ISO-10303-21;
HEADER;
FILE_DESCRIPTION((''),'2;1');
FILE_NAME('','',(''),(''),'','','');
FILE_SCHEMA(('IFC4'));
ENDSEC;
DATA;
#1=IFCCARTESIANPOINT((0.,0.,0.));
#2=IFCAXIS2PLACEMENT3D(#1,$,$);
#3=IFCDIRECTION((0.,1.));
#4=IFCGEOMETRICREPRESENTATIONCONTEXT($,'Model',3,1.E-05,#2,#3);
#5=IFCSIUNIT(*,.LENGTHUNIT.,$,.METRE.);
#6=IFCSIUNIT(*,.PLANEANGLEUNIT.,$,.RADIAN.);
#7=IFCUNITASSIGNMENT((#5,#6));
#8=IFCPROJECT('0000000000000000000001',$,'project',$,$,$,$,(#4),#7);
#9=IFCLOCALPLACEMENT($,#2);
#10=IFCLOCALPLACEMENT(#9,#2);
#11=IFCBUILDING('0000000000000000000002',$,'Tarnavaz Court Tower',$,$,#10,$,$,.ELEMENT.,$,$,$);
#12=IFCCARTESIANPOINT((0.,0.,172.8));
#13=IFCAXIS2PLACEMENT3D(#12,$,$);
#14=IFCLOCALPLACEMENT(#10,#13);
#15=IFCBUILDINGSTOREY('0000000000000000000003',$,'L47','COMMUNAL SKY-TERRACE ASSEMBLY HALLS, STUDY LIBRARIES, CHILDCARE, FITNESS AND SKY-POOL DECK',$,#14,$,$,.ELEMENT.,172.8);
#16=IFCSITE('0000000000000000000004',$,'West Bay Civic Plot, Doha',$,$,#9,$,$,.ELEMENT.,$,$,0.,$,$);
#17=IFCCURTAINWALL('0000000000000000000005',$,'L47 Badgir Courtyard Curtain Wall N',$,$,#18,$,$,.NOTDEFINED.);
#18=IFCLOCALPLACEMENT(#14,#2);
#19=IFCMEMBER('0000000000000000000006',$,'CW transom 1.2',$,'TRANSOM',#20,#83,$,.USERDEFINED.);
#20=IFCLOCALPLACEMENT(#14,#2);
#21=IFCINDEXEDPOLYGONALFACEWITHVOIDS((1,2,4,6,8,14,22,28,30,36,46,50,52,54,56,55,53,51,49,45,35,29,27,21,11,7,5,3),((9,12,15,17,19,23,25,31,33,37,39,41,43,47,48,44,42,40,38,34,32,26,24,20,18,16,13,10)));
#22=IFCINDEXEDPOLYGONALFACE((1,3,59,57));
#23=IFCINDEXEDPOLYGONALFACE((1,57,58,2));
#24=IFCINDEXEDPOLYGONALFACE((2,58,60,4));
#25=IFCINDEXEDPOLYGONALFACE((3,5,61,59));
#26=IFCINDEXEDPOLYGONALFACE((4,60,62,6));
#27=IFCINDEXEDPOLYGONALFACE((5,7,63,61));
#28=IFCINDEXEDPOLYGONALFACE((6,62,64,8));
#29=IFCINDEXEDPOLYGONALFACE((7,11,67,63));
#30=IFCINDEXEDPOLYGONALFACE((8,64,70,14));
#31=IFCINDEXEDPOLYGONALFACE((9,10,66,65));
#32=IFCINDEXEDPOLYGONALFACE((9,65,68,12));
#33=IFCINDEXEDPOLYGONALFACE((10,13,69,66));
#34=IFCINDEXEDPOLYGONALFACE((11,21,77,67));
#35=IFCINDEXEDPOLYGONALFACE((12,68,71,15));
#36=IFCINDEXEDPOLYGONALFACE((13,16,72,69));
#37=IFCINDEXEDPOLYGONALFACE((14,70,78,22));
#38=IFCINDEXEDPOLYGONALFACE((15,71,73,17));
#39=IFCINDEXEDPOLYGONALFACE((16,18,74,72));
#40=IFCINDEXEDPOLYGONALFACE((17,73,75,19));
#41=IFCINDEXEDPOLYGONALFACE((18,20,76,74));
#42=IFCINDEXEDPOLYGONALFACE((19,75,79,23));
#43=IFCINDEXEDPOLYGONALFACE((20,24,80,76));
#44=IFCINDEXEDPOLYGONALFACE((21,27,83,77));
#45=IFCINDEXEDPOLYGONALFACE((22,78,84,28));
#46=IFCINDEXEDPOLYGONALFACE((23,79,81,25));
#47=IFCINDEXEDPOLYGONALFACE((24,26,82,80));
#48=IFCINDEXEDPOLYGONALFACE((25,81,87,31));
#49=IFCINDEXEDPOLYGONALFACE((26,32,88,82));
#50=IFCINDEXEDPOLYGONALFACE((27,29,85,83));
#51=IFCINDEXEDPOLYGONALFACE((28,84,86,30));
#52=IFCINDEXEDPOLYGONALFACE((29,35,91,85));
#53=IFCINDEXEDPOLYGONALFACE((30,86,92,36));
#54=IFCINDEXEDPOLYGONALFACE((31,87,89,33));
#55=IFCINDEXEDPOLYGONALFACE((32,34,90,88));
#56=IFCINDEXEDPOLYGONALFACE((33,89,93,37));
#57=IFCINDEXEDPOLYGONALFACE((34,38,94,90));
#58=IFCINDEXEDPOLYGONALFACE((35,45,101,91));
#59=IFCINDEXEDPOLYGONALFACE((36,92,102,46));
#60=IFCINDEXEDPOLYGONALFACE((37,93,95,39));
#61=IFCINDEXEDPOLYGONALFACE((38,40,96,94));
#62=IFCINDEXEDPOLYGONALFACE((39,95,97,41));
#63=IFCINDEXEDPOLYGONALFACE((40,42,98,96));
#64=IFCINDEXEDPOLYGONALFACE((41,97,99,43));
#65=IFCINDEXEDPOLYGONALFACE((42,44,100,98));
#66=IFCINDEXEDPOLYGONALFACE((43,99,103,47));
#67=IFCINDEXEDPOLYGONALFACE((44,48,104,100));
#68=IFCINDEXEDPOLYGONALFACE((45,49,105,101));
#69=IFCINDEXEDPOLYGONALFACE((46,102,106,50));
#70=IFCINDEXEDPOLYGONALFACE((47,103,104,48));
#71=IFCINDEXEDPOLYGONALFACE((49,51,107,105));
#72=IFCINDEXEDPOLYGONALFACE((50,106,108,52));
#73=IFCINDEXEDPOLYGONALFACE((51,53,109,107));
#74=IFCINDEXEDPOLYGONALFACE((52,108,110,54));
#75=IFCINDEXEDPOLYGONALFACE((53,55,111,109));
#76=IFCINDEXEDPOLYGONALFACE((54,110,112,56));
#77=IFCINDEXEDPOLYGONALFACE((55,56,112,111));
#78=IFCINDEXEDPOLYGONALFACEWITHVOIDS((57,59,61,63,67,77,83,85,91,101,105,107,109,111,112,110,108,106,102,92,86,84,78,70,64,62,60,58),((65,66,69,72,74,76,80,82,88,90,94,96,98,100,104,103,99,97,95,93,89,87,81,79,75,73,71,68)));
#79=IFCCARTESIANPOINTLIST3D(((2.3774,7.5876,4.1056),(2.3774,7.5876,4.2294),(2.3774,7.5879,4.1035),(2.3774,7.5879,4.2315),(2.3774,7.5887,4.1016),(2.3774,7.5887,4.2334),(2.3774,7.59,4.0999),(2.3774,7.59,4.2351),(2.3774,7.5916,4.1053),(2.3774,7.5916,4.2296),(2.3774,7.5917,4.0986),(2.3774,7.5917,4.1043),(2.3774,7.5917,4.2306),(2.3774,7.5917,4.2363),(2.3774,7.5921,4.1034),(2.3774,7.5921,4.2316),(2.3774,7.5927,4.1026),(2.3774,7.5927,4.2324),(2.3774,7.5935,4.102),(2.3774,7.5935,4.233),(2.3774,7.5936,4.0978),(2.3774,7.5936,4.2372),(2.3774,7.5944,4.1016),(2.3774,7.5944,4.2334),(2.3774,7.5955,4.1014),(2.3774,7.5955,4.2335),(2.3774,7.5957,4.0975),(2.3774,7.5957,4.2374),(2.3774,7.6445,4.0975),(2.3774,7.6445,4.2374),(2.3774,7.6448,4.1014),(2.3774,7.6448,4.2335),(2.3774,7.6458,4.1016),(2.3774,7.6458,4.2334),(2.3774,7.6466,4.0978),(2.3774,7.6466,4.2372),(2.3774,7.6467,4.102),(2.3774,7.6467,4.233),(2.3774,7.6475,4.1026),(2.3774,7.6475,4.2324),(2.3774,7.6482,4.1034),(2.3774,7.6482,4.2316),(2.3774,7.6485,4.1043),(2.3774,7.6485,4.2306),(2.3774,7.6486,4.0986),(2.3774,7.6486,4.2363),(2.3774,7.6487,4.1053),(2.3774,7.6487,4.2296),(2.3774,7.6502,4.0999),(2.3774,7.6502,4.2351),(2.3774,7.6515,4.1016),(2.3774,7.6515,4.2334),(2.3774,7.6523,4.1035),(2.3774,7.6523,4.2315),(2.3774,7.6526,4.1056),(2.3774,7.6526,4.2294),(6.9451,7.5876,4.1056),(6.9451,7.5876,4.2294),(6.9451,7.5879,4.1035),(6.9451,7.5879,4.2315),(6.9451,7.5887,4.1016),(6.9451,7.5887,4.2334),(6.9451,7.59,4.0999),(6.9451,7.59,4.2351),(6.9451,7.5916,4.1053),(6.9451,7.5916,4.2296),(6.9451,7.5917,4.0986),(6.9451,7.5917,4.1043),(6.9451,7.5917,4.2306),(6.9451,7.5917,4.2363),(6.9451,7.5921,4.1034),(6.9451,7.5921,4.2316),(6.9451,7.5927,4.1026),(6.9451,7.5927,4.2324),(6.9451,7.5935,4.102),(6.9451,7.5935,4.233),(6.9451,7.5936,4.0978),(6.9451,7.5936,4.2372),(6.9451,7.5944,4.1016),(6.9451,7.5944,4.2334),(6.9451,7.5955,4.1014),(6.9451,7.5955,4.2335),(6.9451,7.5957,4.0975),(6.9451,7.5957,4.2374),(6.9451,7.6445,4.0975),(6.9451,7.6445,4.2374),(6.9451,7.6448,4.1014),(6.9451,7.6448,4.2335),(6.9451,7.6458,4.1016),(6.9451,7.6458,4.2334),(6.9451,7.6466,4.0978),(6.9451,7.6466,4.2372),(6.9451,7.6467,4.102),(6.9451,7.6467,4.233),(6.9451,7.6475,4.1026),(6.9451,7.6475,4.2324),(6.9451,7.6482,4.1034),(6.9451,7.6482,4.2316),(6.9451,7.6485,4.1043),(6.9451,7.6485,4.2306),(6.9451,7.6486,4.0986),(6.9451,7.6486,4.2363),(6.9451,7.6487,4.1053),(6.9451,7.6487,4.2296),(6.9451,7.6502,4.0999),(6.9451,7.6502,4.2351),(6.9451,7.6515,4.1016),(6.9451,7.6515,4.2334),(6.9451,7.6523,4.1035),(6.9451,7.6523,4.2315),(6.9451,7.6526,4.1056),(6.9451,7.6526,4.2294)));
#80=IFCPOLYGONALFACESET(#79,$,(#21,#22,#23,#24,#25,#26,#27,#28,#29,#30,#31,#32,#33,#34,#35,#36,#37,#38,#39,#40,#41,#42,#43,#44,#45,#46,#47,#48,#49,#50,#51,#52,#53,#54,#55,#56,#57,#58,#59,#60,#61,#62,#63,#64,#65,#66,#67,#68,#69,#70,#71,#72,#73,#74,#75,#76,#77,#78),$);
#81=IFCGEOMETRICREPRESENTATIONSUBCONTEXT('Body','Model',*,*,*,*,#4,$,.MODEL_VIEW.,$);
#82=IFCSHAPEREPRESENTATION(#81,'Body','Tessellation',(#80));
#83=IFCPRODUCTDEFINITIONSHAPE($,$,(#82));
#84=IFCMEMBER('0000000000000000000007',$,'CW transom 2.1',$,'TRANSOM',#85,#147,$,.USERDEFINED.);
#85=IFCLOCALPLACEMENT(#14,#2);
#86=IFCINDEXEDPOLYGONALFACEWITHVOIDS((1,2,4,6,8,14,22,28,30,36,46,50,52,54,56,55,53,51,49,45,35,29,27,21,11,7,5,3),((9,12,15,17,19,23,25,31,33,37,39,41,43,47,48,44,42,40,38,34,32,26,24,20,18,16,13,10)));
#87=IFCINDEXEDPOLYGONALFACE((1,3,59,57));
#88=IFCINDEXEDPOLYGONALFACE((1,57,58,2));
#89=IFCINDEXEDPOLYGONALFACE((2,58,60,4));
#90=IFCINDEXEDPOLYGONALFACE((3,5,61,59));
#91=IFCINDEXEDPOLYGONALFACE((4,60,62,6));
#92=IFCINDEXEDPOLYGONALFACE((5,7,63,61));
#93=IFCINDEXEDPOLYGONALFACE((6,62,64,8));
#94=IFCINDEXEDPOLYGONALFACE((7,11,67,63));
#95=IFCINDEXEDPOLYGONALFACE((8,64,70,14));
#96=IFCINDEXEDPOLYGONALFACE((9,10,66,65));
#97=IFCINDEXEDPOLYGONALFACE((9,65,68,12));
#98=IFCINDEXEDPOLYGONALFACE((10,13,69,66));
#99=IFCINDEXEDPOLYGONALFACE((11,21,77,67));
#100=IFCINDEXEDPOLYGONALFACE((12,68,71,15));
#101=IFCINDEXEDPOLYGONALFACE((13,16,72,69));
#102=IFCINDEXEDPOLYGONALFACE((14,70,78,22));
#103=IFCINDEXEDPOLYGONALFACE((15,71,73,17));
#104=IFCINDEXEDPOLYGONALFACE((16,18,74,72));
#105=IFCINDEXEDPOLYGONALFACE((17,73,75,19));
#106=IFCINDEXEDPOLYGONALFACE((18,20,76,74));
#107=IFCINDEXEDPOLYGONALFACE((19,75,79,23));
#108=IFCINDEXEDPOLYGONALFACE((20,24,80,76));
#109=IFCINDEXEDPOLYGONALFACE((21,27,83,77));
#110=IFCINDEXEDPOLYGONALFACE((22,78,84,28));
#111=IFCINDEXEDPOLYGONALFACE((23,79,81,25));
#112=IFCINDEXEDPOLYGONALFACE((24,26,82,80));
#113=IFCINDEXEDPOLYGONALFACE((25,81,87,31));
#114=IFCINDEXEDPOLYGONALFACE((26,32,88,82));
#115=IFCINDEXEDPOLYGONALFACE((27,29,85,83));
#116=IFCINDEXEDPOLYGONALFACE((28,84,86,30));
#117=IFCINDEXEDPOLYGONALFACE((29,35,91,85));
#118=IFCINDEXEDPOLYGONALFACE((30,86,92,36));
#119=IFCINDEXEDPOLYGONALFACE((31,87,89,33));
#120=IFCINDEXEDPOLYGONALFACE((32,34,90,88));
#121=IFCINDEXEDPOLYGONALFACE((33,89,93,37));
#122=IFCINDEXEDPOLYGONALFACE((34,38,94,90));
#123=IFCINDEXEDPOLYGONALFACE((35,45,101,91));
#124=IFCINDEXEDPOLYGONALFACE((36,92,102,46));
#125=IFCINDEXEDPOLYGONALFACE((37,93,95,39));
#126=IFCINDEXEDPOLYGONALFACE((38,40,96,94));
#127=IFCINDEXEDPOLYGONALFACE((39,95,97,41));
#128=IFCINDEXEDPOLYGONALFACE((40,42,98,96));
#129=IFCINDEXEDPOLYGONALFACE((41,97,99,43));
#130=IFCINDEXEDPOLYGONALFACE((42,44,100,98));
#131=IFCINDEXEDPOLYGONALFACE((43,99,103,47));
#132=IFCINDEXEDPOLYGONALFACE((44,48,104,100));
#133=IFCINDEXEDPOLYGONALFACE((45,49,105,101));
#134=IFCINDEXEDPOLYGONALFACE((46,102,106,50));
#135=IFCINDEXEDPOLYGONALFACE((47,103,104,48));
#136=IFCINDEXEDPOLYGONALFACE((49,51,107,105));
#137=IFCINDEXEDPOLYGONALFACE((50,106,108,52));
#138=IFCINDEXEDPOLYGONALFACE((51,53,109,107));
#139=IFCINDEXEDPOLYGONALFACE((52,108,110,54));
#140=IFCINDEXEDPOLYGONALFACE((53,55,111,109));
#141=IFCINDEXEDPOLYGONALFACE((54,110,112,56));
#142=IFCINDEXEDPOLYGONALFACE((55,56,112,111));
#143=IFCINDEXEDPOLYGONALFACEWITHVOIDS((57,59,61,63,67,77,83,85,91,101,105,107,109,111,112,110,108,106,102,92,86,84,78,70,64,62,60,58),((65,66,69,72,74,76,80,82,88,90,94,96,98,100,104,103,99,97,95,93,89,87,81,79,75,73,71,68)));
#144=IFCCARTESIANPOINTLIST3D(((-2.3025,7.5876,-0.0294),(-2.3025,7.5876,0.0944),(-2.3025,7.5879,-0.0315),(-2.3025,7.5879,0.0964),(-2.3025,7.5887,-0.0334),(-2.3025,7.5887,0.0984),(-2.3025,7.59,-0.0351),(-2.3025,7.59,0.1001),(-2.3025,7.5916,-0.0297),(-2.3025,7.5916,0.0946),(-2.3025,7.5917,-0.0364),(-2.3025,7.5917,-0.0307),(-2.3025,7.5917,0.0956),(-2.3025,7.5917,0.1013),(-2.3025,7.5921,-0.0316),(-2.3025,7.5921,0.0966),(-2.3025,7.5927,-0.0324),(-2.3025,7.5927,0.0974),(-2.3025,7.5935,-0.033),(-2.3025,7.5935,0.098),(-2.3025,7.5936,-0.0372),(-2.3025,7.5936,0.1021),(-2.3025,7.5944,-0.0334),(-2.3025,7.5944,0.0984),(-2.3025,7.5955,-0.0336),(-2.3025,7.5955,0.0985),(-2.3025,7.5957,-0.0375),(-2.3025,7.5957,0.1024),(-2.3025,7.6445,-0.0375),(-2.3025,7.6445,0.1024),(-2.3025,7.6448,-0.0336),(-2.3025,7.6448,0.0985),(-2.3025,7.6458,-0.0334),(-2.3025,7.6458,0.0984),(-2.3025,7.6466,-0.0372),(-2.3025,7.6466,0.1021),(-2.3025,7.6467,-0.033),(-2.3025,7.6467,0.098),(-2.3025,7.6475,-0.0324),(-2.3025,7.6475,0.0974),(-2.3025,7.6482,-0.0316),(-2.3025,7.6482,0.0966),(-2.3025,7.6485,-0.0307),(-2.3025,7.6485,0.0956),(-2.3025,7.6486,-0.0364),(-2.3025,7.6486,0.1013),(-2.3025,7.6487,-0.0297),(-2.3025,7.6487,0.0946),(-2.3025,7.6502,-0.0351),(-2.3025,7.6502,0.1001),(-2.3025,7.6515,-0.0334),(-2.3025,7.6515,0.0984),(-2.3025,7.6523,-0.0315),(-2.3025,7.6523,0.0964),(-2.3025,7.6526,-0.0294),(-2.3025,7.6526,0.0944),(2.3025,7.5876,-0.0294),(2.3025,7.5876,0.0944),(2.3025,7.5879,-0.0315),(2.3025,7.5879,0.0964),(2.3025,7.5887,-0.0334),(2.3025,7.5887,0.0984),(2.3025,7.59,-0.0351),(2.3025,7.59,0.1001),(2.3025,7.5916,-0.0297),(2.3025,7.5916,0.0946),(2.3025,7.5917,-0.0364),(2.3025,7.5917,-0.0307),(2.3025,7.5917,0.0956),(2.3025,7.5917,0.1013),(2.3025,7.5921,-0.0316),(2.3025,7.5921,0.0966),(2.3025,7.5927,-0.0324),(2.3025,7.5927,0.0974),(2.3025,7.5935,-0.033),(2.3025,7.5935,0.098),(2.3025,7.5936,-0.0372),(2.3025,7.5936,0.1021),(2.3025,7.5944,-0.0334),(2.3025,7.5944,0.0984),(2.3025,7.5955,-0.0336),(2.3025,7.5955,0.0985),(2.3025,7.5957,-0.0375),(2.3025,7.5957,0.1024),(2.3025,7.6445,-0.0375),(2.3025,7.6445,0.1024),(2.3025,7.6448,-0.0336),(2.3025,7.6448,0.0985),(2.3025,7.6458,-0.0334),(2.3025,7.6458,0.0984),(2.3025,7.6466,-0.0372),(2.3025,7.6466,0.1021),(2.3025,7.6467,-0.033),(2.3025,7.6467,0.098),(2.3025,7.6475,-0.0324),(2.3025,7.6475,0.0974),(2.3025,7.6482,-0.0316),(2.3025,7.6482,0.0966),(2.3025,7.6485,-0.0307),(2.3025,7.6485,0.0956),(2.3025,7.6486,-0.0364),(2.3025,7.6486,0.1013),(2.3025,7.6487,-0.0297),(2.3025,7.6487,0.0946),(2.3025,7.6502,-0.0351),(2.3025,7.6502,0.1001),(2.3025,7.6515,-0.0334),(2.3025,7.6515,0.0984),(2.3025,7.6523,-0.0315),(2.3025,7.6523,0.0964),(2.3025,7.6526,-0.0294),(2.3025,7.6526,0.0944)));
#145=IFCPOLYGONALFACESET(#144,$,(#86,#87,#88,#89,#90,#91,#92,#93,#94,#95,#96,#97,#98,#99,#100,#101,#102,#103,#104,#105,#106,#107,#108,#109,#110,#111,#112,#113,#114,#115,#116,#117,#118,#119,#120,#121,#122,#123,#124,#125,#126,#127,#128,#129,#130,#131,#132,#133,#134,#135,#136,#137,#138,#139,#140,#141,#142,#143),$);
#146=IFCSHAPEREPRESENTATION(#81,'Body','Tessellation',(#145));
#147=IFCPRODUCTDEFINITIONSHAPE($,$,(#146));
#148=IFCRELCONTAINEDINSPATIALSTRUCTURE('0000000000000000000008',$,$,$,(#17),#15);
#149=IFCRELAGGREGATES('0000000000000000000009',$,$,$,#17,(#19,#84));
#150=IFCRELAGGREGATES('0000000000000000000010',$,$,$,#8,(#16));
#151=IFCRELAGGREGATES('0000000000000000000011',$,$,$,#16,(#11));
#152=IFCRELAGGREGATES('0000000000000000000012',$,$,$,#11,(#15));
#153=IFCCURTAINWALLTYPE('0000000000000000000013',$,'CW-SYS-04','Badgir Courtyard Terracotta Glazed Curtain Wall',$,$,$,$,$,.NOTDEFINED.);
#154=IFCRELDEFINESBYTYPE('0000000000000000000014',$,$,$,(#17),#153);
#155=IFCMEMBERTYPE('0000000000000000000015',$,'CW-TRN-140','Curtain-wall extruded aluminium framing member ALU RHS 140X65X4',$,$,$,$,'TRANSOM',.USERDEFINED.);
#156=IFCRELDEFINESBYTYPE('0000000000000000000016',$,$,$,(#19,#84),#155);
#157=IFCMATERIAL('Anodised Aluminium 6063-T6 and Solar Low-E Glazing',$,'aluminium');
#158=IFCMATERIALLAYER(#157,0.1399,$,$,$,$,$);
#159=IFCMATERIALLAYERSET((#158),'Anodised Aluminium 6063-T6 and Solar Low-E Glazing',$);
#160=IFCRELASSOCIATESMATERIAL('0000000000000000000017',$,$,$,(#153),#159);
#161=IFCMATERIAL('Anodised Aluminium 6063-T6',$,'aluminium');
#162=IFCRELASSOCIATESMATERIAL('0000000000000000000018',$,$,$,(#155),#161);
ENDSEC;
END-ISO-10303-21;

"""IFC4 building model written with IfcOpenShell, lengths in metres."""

from ifc_helpers import new_model, si_unit, direction, frame, origin, origin_2d, place, context, subcontext, project, spatial, hollow_rectangle, extrude, material, layer, layer_set, material_profile, profile_set, type_object, element, aggregate, save


model = new_model("IFC4")

# Units and contexts
model_context = context("Model", 3, precision=1e-05, world=origin(), true_north=direction((0.0, 1.0)))
body_context = subcontext(model_context, "Body", "Model", "MODEL_VIEW")
ifc_project = project(units=[si_unit("LENGTHUNIT", "METRE"), si_unit("PLANEANGLEUNIT", "RADIAN")], contexts=[model_context])

# Site, building, storey
site_placement = place(None, origin())
site = spatial("IfcSite", under=ifc_project, at=site_placement, Name="West Bay Civic Plot, Doha", CompositionType="ELEMENT", RefElevation=0.0)
building_placement = place(site_placement, origin())
building = spatial("IfcBuilding", under=site, at=building_placement, Name="Tarnavaz Court Tower", CompositionType="ELEMENT")
storey_placement = place(building_placement, frame((0.0, 0.0, 172.8)))
storey = spatial("IfcBuildingStorey", under=building, at=storey_placement, Name="L47", Description="COMMUNAL SKY-TERRACE ASSEMBLY HALLS, STUDY LIBRARIES, CHILDCARE, FITNESS AND SKY-POOL DECK", CompositionType="ELEMENT", Elevation=172.8)

# Curtain wall, members
ifc_material_1 = material(Name="Anodised Aluminium 6063-T6 and Solar Low-E Glazing", Category="aluminium")
ifc_layer_1 = layer(ifc_material_1, 0.1399)
ifc_layer_set_1 = layer_set([ifc_layer_1], Name="Anodised Aluminium 6063-T6 and Solar Low-E Glazing")
curtain_wall_type = type_object("IfcCurtainWallType", Name="CW-SYS-04", Description="Badgir Courtyard Terracotta Glazed Curtain Wall", PredefinedType="NOTDEFINED", material=ifc_layer_set_1)
curtain_wall_placement = place(storey_placement, origin())
curtain_wall = element("IfcCurtainWall", 1, at=curtain_wall_placement, inside=storey, type_object=curtain_wall_type, Name="L47 Badgir Courtyard Curtain Wall N", PredefinedType="NOTDEFINED")
ifc_material_2 = material(Name="Anodised Aluminium 6063-T6", Category="aluminium")
ifc_material_profile_1 = material_profile(ifc_material_2, hollow_rectangle(XDim=0.0649, YDim=0.1399, WallThickness=0.0039, InnerFilletRadius=0.0039, OuterFilletRadius=0.0081, at=origin_2d()), Name="ALU RHS 140X65X4")
ifc_profile_set_1 = profile_set([ifc_material_profile_1], Name="Anodised Aluminium 6063-T6")
member_type_1 = type_object("IfcMemberType", Name="CW-TRN-140", Description="Curtain-wall extruded aluminium framing member ALU RHS 140X65X4", ElementType="TRANSOM", PredefinedType="USERDEFINED", material=ifc_profile_set_1)
member_1_placement = place(storey_placement, frame((6.9451, 7.6201, 4.1675), z_axis=(-1.0, 0.0, 0.0), x_axis=(0.0, -1.0, 0.0)))
member_1 = element("IfcMember", 2, at=member_1_placement, type_object=member_type_1, Name="CW transom 1.2", ObjectType="TRANSOM", PredefinedType="USERDEFINED", context=body_context, shape_type="SweptSolid", body=[
    extrude(hollow_rectangle(XDim=0.0649, YDim=0.1399, WallThickness=0.0039, InnerFilletRadius=0.0039, OuterFilletRadius=0.0081, at=origin_2d()), origin(), (0.0, 0.0, 1.0), 4.5676),
])
member_2_placement = place(storey_placement, frame((2.3025, 7.6201, 0.0325), z_axis=(-1.0, 0.0, 0.0), x_axis=(0.0, -1.0, 0.0)))
member_2 = element("IfcMember", 3, at=member_2_placement, type_object=member_type_1, Name="CW transom 2.1", ObjectType="TRANSOM", PredefinedType="USERDEFINED", context=body_context, shape_type="SweptSolid", body=[
    extrude(hollow_rectangle(XDim=0.0649, YDim=0.1399, WallThickness=0.0039, InnerFilletRadius=0.0039, OuterFilletRadius=0.0081, at=origin_2d()), origin(), (0.0, 0.0, 1.0), 4.605),
])
aggregate(curtain_wall, [member_1, member_2])

save(model, "model.ifc")
